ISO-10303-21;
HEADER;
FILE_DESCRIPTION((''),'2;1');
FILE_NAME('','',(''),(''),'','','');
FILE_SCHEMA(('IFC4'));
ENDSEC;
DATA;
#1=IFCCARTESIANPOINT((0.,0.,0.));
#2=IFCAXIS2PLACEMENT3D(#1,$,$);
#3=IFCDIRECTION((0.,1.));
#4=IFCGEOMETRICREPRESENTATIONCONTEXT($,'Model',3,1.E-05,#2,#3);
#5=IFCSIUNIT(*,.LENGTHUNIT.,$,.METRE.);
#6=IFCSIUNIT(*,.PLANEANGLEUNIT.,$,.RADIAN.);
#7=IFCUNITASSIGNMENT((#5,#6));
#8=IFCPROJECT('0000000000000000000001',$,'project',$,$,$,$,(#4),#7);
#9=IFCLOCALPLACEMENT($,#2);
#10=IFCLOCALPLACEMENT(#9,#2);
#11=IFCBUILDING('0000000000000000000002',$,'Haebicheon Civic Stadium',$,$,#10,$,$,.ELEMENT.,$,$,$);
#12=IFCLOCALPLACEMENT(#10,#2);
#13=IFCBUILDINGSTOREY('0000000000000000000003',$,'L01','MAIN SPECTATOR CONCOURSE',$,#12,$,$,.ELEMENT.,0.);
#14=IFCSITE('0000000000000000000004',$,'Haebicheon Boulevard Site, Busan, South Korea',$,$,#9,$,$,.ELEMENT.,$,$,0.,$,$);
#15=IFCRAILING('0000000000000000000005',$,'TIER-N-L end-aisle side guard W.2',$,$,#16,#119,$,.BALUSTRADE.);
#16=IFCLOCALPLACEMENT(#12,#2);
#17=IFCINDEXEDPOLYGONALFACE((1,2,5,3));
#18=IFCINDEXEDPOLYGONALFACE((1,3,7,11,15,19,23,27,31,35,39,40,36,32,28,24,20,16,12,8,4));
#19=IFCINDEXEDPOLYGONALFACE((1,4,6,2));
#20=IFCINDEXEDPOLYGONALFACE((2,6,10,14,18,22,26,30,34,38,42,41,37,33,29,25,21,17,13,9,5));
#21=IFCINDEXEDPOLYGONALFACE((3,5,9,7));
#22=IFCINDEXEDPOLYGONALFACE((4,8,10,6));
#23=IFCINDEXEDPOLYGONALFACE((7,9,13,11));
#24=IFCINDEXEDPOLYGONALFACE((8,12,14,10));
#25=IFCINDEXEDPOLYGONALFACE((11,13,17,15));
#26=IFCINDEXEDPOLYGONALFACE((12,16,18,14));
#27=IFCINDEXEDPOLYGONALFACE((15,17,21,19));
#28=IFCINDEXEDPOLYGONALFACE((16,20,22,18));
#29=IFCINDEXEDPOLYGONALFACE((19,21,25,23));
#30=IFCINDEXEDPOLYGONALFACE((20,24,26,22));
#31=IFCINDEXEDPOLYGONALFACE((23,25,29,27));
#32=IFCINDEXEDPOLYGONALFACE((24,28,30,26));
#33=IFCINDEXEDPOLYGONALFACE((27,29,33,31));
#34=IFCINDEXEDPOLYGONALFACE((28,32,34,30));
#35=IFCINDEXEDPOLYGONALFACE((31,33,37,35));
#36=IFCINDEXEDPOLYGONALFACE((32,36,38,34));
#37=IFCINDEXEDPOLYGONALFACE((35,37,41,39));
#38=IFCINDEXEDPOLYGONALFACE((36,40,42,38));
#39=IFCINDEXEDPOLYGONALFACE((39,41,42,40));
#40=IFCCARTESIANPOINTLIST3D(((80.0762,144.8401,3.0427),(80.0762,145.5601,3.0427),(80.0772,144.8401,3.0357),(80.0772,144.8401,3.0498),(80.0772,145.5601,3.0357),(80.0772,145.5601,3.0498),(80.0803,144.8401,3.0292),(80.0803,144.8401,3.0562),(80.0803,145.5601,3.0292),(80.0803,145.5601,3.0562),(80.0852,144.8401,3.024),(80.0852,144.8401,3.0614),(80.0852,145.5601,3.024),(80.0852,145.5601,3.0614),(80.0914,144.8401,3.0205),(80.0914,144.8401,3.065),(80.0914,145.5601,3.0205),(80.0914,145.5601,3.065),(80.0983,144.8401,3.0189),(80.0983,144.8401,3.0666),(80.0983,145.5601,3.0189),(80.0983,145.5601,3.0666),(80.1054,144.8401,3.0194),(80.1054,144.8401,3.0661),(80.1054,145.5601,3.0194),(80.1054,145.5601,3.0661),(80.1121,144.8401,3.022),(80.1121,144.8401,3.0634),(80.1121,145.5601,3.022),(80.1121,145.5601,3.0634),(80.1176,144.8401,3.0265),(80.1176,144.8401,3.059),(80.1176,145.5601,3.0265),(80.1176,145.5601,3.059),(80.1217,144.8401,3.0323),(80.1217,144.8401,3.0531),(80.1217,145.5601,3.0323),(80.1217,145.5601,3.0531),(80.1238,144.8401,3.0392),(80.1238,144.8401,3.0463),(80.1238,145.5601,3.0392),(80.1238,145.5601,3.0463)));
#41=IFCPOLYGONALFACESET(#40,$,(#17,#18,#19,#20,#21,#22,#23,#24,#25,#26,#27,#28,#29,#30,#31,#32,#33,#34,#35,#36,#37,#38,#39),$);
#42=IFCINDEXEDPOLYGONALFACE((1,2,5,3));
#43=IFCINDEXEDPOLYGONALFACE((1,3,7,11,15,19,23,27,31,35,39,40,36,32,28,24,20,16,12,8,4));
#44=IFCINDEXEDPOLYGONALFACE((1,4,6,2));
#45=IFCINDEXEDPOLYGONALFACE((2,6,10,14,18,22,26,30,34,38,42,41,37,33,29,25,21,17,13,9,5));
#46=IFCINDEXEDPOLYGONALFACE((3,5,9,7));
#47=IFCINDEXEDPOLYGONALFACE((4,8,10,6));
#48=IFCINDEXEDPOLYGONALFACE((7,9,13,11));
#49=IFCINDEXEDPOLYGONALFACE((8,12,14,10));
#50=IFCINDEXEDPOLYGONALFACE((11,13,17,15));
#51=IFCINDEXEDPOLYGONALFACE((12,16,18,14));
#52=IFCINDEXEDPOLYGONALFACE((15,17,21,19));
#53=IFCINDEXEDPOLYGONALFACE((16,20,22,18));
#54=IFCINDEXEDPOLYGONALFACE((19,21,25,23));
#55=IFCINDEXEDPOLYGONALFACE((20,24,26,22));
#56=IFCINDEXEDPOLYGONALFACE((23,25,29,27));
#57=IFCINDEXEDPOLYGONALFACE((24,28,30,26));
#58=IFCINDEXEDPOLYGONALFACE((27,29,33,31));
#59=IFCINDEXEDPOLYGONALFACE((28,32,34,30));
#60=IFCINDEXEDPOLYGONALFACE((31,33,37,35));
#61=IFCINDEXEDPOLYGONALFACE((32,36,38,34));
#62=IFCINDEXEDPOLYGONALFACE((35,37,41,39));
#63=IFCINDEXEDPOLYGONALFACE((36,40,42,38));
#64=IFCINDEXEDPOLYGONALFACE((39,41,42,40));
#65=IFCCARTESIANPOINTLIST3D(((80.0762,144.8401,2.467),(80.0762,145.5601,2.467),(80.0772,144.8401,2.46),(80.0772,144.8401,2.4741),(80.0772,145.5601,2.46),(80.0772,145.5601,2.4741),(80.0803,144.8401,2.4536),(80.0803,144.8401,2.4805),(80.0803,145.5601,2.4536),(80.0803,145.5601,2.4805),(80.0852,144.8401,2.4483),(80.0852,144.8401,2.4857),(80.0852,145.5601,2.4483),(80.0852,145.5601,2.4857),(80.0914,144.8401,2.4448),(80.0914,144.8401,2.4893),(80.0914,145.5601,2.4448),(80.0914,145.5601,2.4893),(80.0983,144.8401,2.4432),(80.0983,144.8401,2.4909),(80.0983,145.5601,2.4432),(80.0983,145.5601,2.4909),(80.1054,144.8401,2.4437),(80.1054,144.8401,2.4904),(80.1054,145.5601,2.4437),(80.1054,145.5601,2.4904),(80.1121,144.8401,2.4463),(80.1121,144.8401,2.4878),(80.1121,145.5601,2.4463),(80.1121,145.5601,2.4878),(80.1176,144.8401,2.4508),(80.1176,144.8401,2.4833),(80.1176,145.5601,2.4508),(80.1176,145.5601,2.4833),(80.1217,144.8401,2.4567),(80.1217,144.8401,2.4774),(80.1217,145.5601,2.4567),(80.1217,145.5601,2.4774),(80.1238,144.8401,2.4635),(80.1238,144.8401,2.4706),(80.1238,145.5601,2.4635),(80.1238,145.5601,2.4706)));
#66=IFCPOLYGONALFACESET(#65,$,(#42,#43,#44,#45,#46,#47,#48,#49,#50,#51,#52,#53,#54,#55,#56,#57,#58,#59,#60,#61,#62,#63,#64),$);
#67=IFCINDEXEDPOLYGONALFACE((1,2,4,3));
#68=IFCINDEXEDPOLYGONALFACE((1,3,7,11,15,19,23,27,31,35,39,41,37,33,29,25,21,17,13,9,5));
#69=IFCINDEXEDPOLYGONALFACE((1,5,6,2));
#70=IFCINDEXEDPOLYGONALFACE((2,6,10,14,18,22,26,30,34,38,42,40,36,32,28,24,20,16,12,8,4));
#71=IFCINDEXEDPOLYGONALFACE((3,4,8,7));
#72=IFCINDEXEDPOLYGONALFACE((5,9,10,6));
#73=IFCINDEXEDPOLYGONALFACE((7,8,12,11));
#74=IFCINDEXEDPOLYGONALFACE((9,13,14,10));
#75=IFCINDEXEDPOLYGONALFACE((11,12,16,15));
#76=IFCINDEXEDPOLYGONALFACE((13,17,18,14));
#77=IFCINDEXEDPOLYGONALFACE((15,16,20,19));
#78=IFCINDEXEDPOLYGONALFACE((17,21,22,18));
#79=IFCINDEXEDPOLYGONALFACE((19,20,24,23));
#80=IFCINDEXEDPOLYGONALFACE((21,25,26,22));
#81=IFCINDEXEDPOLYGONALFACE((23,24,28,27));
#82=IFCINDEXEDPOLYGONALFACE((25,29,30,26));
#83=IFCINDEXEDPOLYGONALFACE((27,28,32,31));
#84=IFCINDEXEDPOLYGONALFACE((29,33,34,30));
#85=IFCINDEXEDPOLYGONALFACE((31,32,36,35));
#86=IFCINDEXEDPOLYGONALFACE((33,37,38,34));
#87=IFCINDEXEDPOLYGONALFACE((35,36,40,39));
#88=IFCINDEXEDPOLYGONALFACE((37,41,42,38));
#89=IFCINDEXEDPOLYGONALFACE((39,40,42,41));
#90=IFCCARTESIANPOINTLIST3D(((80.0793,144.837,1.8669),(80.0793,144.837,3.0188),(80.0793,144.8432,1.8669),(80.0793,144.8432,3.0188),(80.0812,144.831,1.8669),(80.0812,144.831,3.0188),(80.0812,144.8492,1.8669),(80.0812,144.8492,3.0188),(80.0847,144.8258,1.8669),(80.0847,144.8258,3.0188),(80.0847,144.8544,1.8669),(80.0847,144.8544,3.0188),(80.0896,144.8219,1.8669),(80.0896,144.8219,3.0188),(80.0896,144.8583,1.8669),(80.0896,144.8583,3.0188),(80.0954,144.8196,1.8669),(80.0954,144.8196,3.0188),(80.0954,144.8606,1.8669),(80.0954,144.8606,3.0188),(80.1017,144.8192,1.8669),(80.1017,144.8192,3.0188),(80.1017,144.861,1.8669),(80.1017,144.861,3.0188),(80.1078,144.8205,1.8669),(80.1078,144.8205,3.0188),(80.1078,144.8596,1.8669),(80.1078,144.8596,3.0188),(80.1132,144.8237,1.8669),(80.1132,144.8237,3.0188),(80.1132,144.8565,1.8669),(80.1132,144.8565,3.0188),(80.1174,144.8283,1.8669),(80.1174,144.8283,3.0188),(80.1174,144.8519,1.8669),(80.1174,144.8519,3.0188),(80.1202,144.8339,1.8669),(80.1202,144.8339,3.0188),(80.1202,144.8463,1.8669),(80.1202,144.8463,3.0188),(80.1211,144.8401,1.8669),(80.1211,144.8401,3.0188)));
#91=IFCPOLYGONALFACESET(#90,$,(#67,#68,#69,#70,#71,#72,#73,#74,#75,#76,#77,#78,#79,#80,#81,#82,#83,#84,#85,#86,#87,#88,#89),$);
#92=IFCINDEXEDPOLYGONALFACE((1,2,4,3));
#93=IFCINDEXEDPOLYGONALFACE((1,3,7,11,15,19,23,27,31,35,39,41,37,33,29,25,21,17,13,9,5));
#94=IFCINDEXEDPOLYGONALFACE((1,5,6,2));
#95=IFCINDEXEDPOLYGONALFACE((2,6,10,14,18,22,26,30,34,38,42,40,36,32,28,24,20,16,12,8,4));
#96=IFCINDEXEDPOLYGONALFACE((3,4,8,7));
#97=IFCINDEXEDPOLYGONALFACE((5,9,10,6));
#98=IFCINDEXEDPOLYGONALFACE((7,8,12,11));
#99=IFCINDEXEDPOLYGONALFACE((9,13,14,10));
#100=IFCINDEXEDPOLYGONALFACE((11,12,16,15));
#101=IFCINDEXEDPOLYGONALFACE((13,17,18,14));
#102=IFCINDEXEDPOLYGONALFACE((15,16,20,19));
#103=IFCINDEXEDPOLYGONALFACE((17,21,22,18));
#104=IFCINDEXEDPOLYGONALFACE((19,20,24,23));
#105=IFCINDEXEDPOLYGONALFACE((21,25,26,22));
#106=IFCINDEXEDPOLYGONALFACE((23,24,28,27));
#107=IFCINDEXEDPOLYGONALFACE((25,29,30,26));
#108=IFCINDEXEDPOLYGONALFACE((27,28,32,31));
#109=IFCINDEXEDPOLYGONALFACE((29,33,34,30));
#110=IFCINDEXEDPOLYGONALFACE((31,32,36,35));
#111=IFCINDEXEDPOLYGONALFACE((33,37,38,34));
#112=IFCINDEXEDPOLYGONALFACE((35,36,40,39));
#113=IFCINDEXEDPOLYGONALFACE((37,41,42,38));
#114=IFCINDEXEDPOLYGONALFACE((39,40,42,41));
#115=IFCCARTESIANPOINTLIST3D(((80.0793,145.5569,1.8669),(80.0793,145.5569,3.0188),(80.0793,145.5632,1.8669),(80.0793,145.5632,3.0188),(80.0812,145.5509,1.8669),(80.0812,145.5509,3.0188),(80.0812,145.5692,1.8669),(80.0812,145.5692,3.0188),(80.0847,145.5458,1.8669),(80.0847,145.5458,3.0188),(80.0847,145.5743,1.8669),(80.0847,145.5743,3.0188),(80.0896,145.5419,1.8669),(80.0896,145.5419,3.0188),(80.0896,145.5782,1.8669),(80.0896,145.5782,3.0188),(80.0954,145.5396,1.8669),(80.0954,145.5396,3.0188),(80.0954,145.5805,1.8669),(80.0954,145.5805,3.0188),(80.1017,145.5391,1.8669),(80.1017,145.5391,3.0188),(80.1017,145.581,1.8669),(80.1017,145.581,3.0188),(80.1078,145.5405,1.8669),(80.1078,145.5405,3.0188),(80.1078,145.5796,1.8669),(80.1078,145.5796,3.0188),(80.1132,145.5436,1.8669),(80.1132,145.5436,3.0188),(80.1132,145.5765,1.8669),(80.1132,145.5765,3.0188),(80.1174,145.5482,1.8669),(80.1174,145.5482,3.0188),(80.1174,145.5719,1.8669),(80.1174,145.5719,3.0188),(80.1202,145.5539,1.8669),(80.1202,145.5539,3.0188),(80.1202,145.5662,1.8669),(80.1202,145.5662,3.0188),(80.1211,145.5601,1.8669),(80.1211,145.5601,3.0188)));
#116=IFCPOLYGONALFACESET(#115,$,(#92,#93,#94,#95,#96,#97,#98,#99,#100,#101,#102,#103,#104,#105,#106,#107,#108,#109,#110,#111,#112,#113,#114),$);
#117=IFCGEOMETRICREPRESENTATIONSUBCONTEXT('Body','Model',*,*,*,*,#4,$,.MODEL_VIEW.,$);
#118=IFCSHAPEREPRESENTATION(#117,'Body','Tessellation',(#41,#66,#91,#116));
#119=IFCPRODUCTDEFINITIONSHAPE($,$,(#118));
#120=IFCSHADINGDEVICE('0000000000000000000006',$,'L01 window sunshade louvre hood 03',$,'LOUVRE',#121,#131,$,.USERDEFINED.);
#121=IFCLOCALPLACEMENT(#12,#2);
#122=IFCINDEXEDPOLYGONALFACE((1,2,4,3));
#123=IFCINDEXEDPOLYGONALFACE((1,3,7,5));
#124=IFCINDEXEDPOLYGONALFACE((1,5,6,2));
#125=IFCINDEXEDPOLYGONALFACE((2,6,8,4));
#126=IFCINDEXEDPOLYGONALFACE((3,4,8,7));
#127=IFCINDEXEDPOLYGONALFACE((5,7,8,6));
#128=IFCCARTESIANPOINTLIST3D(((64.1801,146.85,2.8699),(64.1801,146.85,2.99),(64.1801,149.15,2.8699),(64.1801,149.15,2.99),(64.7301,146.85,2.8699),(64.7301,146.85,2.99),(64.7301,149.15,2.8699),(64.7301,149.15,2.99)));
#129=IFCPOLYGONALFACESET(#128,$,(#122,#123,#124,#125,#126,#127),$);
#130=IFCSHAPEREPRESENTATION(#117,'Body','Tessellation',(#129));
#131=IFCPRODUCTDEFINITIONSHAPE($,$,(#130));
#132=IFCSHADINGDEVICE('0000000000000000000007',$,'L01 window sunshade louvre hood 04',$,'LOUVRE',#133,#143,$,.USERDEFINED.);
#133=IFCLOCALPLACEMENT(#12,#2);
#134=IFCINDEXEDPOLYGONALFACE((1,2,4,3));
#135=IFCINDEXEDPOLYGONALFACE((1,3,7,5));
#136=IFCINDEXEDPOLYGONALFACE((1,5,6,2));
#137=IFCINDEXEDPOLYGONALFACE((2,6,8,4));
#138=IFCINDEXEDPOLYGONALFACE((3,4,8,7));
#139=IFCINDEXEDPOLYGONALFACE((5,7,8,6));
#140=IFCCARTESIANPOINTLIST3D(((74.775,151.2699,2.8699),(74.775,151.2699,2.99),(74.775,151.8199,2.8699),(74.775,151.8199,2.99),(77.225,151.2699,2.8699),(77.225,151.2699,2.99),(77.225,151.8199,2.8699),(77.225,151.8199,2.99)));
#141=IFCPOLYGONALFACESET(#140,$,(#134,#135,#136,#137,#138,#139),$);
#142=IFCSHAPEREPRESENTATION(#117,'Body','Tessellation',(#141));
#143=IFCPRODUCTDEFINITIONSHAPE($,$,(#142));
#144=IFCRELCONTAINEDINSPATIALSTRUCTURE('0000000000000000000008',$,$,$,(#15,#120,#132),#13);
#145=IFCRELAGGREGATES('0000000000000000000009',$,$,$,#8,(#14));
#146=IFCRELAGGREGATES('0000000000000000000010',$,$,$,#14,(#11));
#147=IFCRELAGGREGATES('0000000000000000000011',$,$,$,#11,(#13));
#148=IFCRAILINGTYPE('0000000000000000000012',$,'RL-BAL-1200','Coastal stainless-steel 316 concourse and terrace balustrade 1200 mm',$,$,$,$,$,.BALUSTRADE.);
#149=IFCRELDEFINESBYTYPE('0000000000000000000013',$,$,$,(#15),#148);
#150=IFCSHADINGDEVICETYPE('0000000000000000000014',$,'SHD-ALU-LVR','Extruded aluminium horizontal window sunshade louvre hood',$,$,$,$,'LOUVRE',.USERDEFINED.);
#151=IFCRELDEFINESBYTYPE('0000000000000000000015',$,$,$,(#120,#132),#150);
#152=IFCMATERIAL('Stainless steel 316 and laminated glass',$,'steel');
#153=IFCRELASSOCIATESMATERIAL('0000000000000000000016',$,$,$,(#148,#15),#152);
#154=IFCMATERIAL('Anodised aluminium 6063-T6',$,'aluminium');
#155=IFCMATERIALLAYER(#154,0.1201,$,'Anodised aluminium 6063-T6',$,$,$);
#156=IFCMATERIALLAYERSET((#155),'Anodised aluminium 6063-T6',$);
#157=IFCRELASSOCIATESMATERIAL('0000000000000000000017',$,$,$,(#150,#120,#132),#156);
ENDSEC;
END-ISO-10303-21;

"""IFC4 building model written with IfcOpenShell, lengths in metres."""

from ifc_helpers import new_model, si_unit, direction, frame, origin, origin_2d, place, context, subcontext, project, spatial, rectangle, circle, extrude, material, layer, layer_set, type_object, element, save


model = new_model("IFC4")

# Units and contexts
model_context = context("Model", 3, precision=1e-05, world=origin(), true_north=direction((0.0, 1.0)))
body_context = subcontext(model_context, "Body", "Model", "MODEL_VIEW")
ifc_project = project(units=[si_unit("LENGTHUNIT", "METRE"), si_unit("PLANEANGLEUNIT", "RADIAN")], contexts=[model_context])

# Site, building, storey
site_placement = place(None, origin())
site = spatial("IfcSite", under=ifc_project, at=site_placement, Name="Haebicheon Boulevard Site, Busan, South Korea", CompositionType="ELEMENT", RefElevation=0.0)
building_placement = place(site_placement, origin())
building = spatial("IfcBuilding", under=site, at=building_placement, Name="Haebicheon Civic Stadium", CompositionType="ELEMENT")
storey_placement = place(building_placement, origin())
storey = spatial("IfcBuildingStorey", under=building, at=storey_placement, Name="L01", Description="MAIN SPECTATOR CONCOURSE", CompositionType="ELEMENT", Elevation=0.0)

# Railing
ifc_material_1 = material(Name="Stainless steel 316 and laminated glass", Category="steel")
railing_type = type_object("IfcRailingType", Name="RL-BAL-1200", Description="Coastal stainless-steel 316 concourse and terrace balustrade 1200 mm", PredefinedType="BALUSTRADE", material=ifc_material_1)
for number, where, name in (
    (1, (80.1001, 144.8401, 1.8669), "TIER-N-L end-aisle side guard W.2"),
):
    element("IfcRailing", number, at=place(storey_placement, frame(where)), inside=storey, type_object=railing_type, material=ifc_material_1, Name=name, PredefinedType="BALUSTRADE", context=body_context, shape_type="SweptSolid", body=[
        extrude(circle(Radius=0.0239, at=origin_2d()), frame((0.0, 0.0, 1.1758), z_axis=(0.0, 1.0, 0.0), x_axis=(-1.0, 0.0, 0.0)), (0.0, 0.0, 1.0), 0.72),
        extrude(circle(Radius=0.0239, at=origin_2d()), frame((0.0, 0.0, 0.6001), z_axis=(0.0, 1.0, 0.0), x_axis=(-1.0, 0.0, 0.0)), (0.0, 0.0, 1.0), 0.72),
        extrude(circle(Radius=0.021, at=origin_2d()), origin(), (0.0, 0.0, 1.0), 1.1519),
        extrude(circle(Radius=0.021, at=origin_2d()), frame((0.0, 0.72, 0.0)), (0.0, 0.0, 1.0), 1.1519),
    ])

# Shading devices
ifc_material_2 = material(Name="Anodised aluminium 6063-T6", Category="aluminium")
ifc_layer_1 = layer(ifc_material_2, 0.1201, Name="Anodised aluminium 6063-T6")
ifc_layer_set_1 = layer_set([ifc_layer_1], Name="Anodised aluminium 6063-T6")
shading_device_type = type_object("IfcShadingDeviceType", Name="SHD-ALU-LVR", Description="Extruded aluminium horizontal window sunshade louvre hood", ElementType="LOUVRE", PredefinedType="USERDEFINED", material=ifc_layer_set_1)
shading_device_1_placement = place(storey_placement, frame((64.4551, 148.0, 2.8699), z_axis=(0.0, 0.0, 1.0), x_axis=(1.0, 0.0, 0.0)))
element("IfcShadingDevice", 2, at=shading_device_1_placement, inside=storey, type_object=shading_device_type, material=ifc_layer_set_1, Name="L01 window sunshade louvre hood 03", ObjectType="LOUVRE", PredefinedType="USERDEFINED", context=body_context, shape_type="SweptSolid", body=[
    extrude(rectangle(XDim=0.55, YDim=2.3, at=origin_2d()), origin(), (0.0, 0.0, 1.0), 0.1201),
])
shading_device_2_placement = place(storey_placement, frame((76.0, 151.5449, 2.8699), z_axis=(0.0, 0.0, 1.0), x_axis=(1.0, 0.0, 0.0)))
element("IfcShadingDevice", 3, at=shading_device_2_placement, inside=storey, type_object=shading_device_type, material=ifc_layer_set_1, Name="L01 window sunshade louvre hood 04", ObjectType="LOUVRE", PredefinedType="USERDEFINED", context=body_context, shape_type="SweptSolid", body=[
    extrude(rectangle(XDim=2.45, YDim=0.55, at=origin_2d()), origin(), (0.0, 0.0, 1.0), 0.1201),
])

save(model, "model.ifc")
